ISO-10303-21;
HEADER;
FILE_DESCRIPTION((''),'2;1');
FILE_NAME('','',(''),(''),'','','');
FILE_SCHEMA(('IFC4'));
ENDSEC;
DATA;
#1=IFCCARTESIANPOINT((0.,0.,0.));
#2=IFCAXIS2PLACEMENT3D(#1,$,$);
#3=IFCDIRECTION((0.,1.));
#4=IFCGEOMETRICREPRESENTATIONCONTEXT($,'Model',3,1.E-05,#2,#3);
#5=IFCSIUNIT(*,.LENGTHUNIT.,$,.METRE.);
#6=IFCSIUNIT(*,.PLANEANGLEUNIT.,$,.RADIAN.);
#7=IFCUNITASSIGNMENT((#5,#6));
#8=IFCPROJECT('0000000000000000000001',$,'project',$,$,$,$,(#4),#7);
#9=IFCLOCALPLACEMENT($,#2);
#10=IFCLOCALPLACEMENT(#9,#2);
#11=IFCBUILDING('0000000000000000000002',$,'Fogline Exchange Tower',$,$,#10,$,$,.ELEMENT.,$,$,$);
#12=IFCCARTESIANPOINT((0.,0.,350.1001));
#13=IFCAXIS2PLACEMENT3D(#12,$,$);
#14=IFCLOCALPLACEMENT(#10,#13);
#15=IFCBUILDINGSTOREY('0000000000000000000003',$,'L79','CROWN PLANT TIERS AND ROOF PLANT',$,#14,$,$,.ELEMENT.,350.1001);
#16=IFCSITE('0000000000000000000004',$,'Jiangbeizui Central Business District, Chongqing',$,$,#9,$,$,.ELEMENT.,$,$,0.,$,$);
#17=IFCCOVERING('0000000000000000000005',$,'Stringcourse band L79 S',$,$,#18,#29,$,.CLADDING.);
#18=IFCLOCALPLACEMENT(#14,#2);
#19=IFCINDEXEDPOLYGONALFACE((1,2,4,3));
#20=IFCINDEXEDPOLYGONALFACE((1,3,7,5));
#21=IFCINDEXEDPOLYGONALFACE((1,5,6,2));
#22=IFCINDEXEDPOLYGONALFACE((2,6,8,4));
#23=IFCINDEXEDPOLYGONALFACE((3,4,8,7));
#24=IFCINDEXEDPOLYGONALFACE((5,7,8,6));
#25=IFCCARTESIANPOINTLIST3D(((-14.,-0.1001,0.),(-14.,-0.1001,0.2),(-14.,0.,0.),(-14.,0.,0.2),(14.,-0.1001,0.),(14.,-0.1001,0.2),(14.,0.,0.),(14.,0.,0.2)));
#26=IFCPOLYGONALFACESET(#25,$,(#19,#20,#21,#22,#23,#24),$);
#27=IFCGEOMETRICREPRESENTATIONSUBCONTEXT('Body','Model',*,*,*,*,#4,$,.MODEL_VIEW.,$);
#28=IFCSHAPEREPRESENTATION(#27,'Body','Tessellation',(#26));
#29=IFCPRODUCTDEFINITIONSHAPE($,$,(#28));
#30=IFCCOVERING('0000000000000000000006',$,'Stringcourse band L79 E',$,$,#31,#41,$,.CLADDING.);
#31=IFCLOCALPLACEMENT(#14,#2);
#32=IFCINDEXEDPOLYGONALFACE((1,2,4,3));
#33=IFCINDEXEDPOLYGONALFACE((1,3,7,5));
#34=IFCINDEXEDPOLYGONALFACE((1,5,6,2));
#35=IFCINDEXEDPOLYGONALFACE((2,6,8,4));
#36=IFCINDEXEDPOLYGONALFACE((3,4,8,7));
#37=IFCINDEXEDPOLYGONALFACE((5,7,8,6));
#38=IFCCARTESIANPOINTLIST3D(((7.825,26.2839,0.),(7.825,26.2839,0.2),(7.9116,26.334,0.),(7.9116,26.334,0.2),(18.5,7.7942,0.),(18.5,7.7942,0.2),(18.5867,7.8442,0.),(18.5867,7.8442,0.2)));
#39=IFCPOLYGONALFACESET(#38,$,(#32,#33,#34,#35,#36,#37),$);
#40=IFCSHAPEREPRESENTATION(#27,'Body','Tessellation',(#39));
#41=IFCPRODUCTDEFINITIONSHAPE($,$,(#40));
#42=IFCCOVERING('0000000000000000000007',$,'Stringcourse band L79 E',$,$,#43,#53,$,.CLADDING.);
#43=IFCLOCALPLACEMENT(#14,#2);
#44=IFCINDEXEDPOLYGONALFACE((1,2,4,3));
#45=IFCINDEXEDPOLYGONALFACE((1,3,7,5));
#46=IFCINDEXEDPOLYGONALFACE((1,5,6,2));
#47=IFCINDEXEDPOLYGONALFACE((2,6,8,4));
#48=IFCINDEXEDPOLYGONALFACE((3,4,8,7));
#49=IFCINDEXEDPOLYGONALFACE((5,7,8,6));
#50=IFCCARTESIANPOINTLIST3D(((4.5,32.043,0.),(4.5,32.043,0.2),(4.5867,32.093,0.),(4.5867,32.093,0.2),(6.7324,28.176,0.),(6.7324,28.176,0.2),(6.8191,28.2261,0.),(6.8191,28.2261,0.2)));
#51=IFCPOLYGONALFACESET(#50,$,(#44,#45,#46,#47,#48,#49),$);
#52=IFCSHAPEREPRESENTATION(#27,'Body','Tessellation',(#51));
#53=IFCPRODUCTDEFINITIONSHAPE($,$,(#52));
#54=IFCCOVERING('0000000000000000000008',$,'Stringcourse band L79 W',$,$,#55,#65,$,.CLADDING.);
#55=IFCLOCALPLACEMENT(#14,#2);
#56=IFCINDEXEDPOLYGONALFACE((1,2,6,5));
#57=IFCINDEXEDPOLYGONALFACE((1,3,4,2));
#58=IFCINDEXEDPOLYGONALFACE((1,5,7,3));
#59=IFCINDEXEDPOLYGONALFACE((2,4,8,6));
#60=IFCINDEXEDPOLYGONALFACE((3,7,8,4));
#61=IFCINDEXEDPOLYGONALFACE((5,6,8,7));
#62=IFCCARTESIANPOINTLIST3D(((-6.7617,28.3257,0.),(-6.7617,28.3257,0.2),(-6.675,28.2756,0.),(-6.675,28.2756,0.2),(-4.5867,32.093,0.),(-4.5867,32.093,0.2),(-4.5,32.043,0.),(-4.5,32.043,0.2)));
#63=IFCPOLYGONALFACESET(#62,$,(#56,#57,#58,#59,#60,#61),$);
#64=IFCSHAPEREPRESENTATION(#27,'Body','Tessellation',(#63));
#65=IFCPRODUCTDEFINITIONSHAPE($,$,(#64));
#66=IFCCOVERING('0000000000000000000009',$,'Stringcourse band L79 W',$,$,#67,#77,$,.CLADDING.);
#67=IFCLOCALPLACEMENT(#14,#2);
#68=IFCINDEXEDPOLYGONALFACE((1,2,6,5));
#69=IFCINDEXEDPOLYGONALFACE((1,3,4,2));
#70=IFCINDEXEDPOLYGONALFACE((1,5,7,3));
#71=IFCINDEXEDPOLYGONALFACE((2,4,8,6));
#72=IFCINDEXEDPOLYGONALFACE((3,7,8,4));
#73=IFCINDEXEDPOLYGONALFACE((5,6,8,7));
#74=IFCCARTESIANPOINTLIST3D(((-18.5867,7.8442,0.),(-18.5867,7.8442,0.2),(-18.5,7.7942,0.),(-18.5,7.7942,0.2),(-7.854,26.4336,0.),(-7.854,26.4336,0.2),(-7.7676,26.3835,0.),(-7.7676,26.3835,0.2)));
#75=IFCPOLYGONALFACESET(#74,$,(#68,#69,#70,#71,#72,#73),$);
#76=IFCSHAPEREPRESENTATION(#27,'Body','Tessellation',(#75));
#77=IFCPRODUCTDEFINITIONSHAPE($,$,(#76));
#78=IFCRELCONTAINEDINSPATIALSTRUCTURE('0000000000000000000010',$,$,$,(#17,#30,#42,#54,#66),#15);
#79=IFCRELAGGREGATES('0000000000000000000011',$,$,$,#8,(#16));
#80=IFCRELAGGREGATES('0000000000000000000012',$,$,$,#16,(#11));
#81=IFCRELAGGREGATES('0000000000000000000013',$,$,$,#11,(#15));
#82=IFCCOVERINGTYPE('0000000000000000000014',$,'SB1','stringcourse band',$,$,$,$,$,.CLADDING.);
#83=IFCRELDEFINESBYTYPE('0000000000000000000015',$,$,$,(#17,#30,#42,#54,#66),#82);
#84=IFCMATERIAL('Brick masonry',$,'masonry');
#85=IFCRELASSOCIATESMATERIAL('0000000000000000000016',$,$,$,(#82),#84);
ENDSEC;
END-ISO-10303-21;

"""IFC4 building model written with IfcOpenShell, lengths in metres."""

from ifc_helpers import new_model, si_unit, direction, frame, origin, place, context, subcontext, project, spatial, polyline, outline, extrude, material, type_object, element, save


model = new_model("IFC4")

# Units and contexts
model_context = context("Model", 3, precision=1e-05, world=origin(), true_north=direction((0.0, 1.0)))
body_context = subcontext(model_context, "Body", "Model", "MODEL_VIEW")
ifc_project = project(units=[si_unit("LENGTHUNIT", "METRE"), si_unit("PLANEANGLEUNIT", "RADIAN")], contexts=[model_context])

# Site, building, storey
site_placement = place(None, origin())
site = spatial("IfcSite", under=ifc_project, at=site_placement, Name="Jiangbeizui Central Business District, Chongqing", CompositionType="ELEMENT", RefElevation=0.0)
building_placement = place(site_placement, origin())
building = spatial("IfcBuilding", under=site, at=building_placement, Name="Fogline Exchange Tower", CompositionType="ELEMENT")
storey_placement = place(building_placement, frame((0.0, 0.0, 350.1001)))
storey = spatial("IfcBuildingStorey", under=building, at=storey_placement, Name="L79", Description="CROWN PLANT TIERS AND ROOF PLANT", CompositionType="ELEMENT", Elevation=350.1001)

# Shared definitions
ifc_material_1 = material(Name="Brick masonry", Category="masonry")

# Coverings
covering_type = type_object("IfcCoveringType", Name="SB1", Description="stringcourse band", PredefinedType="CLADDING", material=ifc_material_1)
covering_1_placement = place(storey_placement, origin())
element("IfcCovering", 1, at=covering_1_placement, inside=storey, type_object=covering_type, Name="Stringcourse band L79 S", PredefinedType="CLADDING", context=body_context, shape_type="SweptSolid", body=[
    extrude(outline(polyline([(-14.0, 0.0), (-14.0, -0.1001), (14.0, -0.1001), (14.0, 0.0), (-14.0, 0.0)])), origin(), (0.0, 0.0, 1.0), 0.2),
])
covering_2_placement = place(storey_placement, origin())
element("IfcCovering", 2, at=covering_2_placement, inside=storey, type_object=covering_type, Name="Stringcourse band L79 E", PredefinedType="CLADDING", context=body_context, shape_type="SweptSolid", body=[
    extrude(outline(polyline([(18.5, 7.7942), (18.5867, 7.8442), (7.9116, 26.334), (7.825, 26.2839), (18.5, 7.7942)])), origin(), (0.0, 0.0, 1.0), 0.2),
])
covering_3_placement = place(storey_placement, origin())
element("IfcCovering", 3, at=covering_3_placement, inside=storey, type_object=covering_type, Name="Stringcourse band L79 E", PredefinedType="CLADDING", context=body_context, shape_type="SweptSolid", body=[
    extrude(outline(polyline([(6.7324, 28.176), (6.8191, 28.2261), (4.5867, 32.093), (4.5, 32.043), (6.7324, 28.176)])), origin(), (0.0, 0.0, 1.0), 0.2),
])
covering_4_placement = place(storey_placement, origin())
element("IfcCovering", 4, at=covering_4_placement, inside=storey, type_object=covering_type, Name="Stringcourse band L79 W", PredefinedType="CLADDING", context=body_context, shape_type="SweptSolid", body=[
    extrude(outline(polyline([(-4.5, 32.043), (-4.5867, 32.093), (-6.7617, 28.3257), (-6.675, 28.2756), (-4.5, 32.043)])), origin(), (0.0, 0.0, 1.0), 0.2),
])
covering_5_placement = place(storey_placement, origin())
element("IfcCovering", 5, at=covering_5_placement, inside=storey, type_object=covering_type, Name="Stringcourse band L79 W", PredefinedType="CLADDING", context=body_context, shape_type="SweptSolid", body=[
    extrude(outline(polyline([(-7.7676, 26.3835), (-7.854, 26.4336), (-18.5867, 7.8442), (-18.5, 7.7942), (-7.7676, 26.3835)])), origin(), (0.0, 0.0, 1.0), 0.2),
])

save(model, "model.ifc")
